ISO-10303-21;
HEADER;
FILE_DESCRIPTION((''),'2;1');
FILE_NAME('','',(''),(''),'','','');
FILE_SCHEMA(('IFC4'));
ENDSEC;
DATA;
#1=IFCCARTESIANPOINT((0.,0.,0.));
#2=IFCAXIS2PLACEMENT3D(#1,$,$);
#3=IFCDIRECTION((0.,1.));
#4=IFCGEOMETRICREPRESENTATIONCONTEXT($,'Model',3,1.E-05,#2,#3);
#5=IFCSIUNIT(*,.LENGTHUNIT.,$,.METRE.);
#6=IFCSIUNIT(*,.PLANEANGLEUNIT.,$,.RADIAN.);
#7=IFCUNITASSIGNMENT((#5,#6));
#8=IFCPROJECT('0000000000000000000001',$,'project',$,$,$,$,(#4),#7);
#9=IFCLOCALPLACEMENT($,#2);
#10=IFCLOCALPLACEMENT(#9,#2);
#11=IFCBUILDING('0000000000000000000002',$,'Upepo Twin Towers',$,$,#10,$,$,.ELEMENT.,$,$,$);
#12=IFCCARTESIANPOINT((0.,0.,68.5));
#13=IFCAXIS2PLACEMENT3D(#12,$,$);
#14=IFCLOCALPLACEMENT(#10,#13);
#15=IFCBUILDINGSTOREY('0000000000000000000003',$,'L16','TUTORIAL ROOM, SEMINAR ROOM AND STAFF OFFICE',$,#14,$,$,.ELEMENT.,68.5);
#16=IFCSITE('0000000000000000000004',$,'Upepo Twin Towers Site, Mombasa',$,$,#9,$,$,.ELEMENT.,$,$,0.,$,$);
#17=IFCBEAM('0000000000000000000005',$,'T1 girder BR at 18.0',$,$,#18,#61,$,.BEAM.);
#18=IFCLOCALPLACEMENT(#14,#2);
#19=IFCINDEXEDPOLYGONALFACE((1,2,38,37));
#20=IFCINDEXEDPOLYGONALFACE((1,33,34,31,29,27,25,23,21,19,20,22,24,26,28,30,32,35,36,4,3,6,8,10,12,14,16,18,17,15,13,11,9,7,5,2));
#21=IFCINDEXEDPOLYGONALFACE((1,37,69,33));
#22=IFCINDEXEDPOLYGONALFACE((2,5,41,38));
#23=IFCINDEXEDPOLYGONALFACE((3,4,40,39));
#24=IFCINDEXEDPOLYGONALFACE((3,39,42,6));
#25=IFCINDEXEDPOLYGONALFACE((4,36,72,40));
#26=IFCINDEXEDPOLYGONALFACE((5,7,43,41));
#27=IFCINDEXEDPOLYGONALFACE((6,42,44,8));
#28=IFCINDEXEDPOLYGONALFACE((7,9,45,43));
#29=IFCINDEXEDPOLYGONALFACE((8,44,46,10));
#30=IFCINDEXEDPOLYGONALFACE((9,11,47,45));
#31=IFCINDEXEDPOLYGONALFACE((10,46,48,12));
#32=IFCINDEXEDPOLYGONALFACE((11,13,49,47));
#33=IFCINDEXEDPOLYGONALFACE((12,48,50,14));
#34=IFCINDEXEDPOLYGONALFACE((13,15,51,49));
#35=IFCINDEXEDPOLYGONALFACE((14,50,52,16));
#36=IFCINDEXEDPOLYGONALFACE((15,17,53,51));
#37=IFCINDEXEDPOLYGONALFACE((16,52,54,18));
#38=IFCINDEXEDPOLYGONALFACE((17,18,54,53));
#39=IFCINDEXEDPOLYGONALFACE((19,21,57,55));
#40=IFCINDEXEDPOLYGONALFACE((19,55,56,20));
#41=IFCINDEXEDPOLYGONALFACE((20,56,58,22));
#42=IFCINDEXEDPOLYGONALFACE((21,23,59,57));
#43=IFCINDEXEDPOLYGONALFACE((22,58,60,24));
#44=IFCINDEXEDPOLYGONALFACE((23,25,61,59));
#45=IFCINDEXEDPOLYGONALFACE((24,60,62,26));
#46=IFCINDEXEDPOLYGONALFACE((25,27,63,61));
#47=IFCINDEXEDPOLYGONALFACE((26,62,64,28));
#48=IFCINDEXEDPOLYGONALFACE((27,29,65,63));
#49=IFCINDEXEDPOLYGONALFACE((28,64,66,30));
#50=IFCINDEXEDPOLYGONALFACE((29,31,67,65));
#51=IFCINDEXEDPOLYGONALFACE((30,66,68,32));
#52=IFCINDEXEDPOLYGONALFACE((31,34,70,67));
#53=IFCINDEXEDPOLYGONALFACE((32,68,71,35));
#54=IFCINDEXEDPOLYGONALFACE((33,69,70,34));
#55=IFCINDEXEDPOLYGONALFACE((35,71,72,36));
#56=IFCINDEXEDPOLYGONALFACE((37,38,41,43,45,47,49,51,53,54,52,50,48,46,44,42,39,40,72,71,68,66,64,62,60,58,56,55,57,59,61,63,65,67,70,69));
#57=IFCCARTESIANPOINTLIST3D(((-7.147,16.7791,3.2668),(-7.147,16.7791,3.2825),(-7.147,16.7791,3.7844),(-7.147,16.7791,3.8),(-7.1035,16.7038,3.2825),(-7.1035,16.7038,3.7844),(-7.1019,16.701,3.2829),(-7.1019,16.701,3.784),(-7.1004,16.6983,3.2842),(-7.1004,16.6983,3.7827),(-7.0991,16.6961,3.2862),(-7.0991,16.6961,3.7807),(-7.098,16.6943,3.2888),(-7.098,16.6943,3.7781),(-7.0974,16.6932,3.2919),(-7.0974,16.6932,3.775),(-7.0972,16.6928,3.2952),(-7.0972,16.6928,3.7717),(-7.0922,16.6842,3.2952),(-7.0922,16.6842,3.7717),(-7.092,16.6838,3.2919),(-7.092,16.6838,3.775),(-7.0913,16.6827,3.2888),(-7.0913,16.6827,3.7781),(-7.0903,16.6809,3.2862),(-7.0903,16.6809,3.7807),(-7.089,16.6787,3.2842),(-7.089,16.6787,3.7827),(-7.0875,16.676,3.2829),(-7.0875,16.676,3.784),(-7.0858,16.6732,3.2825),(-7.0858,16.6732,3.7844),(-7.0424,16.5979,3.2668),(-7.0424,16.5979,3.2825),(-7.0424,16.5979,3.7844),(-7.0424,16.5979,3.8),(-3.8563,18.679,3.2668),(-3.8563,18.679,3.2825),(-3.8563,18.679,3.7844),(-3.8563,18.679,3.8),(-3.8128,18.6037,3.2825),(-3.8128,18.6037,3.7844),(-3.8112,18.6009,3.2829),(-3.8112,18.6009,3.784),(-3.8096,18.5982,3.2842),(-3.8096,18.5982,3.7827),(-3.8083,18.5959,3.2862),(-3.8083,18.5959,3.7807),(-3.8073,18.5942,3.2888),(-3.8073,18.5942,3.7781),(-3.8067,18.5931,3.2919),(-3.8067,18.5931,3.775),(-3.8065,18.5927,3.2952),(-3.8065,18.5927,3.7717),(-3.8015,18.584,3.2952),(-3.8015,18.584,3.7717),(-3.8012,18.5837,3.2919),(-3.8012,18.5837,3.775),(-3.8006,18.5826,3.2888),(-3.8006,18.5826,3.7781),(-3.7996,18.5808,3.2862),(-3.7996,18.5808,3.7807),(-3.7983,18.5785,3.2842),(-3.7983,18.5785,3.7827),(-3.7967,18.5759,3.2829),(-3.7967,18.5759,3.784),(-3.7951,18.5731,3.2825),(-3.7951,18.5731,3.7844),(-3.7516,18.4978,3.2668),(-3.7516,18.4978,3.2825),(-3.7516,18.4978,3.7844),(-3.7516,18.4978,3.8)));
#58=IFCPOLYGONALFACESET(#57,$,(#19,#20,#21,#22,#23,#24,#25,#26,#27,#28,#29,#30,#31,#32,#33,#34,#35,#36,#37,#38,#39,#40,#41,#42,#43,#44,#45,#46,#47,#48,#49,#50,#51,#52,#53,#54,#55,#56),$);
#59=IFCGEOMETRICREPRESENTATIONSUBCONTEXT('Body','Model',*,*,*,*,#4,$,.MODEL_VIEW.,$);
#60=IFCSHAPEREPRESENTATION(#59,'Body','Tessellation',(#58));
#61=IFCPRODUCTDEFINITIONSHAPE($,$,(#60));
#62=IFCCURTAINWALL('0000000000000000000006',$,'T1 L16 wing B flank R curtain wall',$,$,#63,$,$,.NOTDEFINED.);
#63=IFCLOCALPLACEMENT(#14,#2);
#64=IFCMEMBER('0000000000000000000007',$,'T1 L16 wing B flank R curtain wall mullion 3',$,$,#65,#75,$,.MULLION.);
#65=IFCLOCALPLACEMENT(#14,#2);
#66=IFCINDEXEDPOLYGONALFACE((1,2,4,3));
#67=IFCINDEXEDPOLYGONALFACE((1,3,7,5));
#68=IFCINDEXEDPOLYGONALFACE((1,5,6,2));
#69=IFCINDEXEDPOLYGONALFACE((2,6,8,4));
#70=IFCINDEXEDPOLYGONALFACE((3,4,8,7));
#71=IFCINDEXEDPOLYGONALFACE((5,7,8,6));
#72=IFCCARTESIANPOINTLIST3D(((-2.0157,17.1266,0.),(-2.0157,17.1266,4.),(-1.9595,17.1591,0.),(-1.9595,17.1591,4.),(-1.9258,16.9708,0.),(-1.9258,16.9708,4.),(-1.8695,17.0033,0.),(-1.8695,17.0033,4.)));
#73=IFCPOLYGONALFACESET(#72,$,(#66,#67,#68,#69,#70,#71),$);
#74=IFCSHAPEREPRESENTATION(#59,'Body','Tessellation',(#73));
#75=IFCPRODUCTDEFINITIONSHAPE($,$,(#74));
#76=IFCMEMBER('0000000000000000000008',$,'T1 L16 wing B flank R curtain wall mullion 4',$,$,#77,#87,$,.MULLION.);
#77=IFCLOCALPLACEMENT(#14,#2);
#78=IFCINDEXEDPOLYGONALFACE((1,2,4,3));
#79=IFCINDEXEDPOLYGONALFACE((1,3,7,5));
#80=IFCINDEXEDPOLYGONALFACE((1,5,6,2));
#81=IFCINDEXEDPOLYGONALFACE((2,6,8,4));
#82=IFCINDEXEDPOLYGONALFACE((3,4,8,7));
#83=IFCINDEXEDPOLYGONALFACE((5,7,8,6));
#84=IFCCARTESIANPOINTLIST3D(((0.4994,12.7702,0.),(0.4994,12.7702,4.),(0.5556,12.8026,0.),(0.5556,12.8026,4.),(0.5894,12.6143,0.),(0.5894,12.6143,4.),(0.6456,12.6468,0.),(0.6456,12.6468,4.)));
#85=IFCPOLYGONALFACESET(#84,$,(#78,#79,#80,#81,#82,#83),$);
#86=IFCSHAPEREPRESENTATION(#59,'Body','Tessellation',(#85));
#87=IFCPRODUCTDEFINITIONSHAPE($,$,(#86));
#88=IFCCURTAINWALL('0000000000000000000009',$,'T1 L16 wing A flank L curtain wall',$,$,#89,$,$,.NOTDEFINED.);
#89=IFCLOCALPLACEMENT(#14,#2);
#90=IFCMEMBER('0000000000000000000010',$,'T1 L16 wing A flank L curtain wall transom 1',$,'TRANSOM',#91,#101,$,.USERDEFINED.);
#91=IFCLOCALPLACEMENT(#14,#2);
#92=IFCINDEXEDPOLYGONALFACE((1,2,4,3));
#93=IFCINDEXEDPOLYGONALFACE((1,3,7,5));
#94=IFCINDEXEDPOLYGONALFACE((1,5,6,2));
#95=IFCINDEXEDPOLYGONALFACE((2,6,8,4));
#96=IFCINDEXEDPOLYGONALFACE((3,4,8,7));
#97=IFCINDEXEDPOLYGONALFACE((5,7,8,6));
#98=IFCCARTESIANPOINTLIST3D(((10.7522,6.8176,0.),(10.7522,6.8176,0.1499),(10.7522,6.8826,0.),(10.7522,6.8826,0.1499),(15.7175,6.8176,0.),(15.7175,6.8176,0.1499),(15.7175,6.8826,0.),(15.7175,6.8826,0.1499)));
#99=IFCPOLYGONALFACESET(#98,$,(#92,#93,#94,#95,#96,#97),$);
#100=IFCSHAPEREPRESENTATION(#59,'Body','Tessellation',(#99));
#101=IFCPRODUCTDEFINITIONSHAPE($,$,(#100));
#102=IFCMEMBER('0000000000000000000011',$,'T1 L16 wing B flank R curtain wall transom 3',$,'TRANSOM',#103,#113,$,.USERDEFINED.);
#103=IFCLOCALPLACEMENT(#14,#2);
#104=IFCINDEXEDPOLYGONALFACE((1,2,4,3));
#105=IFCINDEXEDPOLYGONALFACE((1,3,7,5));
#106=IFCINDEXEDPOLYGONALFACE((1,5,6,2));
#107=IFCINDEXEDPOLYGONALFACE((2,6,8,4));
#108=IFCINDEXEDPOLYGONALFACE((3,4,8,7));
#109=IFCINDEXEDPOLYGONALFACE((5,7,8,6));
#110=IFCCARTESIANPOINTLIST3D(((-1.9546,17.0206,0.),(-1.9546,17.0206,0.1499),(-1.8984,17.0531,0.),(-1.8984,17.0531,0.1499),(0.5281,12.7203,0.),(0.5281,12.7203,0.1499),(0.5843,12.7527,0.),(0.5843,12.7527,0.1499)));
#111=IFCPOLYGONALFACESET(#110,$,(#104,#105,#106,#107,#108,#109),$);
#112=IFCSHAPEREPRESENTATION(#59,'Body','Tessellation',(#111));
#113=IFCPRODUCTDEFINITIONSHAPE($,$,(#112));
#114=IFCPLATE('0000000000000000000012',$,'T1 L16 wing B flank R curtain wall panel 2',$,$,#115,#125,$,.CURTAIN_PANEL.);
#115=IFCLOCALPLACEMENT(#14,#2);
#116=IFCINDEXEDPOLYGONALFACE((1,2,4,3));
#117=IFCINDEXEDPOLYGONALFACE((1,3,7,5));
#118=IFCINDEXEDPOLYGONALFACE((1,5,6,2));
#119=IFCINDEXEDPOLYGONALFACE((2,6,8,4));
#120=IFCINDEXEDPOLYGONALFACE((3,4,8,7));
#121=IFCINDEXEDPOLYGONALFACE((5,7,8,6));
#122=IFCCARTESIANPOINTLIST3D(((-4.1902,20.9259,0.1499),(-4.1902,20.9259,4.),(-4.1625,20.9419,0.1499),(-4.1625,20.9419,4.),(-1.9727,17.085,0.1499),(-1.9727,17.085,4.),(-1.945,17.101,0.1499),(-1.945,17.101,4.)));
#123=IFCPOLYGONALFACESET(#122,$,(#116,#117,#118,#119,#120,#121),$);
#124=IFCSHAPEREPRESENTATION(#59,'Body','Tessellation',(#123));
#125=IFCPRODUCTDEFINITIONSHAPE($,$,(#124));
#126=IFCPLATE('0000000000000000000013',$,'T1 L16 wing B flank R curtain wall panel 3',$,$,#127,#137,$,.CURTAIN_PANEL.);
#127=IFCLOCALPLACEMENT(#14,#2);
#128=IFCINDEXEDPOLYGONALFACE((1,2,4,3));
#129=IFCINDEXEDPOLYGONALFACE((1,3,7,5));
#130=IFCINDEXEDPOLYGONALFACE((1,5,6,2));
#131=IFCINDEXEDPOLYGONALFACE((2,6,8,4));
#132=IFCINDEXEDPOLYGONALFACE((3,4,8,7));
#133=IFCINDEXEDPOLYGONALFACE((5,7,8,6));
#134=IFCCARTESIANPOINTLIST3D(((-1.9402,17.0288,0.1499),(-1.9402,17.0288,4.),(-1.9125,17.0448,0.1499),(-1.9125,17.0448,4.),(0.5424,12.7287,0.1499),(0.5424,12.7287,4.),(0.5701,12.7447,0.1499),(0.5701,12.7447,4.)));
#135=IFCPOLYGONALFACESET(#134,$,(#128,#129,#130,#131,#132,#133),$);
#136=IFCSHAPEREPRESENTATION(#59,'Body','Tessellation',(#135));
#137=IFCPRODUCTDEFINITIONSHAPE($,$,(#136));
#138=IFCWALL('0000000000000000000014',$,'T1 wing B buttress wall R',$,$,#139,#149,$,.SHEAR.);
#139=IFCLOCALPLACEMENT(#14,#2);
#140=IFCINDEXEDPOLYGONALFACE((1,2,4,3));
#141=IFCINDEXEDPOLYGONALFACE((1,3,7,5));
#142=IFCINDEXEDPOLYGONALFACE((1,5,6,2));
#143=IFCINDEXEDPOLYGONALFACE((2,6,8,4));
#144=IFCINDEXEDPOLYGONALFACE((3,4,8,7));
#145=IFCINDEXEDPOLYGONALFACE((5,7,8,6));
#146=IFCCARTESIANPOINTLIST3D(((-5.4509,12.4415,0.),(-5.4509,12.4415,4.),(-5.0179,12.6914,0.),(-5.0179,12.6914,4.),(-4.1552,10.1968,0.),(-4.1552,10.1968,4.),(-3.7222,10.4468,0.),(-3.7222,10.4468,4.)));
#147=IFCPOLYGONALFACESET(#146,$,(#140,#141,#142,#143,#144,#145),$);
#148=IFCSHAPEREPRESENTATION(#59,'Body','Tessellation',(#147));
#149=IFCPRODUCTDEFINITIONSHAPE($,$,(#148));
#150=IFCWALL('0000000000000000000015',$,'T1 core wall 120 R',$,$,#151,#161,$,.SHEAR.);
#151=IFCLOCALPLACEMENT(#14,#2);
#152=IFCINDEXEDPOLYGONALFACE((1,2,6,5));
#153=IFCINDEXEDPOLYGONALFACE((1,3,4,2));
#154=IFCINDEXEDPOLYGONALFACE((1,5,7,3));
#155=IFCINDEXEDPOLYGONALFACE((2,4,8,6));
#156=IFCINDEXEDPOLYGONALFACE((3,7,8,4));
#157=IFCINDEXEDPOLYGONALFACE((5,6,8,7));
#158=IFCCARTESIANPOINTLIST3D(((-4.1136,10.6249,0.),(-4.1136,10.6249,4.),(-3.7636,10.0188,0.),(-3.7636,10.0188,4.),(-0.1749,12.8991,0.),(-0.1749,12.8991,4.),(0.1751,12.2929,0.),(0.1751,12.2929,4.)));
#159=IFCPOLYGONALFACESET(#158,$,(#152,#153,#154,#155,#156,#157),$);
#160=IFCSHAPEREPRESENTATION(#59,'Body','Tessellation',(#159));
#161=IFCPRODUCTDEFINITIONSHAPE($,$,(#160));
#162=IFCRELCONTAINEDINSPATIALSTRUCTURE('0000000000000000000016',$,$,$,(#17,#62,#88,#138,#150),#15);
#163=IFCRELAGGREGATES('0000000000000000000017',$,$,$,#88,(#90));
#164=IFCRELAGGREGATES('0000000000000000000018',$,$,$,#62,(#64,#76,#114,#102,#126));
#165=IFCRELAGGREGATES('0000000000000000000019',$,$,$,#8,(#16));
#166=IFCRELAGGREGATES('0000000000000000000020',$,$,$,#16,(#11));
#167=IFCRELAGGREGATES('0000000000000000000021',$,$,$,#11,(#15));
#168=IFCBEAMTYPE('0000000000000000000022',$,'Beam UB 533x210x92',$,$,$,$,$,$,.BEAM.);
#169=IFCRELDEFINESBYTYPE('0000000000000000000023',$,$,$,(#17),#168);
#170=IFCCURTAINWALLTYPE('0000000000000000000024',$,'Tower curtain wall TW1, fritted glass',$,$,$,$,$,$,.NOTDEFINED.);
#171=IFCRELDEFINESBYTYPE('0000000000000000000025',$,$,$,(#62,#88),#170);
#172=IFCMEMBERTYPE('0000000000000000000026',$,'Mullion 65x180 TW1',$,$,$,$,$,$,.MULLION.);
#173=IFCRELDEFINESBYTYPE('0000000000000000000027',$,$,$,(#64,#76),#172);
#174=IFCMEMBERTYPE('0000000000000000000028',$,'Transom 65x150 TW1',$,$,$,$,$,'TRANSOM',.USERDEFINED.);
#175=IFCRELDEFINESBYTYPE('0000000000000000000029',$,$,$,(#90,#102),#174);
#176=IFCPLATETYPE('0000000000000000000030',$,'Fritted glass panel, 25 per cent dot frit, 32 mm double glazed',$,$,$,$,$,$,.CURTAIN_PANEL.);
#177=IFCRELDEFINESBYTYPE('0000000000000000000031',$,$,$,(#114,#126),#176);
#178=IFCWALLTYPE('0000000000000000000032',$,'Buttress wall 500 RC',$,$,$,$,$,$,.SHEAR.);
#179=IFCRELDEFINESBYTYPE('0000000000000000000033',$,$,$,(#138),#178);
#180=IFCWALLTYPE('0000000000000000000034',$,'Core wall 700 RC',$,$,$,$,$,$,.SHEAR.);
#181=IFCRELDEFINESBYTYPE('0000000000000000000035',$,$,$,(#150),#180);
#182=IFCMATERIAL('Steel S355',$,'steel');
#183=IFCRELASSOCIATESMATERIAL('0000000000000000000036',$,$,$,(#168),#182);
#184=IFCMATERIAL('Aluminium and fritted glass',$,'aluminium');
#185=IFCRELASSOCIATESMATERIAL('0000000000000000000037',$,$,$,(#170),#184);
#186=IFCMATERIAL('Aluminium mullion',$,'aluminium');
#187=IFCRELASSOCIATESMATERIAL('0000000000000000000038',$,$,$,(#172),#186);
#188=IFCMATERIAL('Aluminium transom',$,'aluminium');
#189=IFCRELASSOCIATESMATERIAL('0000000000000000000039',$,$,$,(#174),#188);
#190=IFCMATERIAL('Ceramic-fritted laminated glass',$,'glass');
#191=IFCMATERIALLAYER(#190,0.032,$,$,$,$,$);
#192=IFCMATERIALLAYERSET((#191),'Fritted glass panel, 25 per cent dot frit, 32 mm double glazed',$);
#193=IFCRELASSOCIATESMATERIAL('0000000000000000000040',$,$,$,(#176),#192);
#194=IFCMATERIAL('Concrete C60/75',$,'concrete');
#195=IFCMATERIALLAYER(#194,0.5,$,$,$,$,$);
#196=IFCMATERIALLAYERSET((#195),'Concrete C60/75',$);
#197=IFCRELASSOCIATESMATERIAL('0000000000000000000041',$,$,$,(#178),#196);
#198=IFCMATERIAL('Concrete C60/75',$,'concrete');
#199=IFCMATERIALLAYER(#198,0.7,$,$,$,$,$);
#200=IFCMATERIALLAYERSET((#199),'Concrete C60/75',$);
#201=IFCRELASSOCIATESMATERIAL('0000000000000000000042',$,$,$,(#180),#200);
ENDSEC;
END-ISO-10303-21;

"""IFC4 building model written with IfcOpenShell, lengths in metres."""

from ifc_helpers import new_model, si_unit, direction, frame, frame_2d, origin, origin_2d, place, context, subcontext, project, spatial, rectangle, i_section, extrude, material, layer, layer_set, material_profile, profile_set, type_object, element, aggregate, save


model = new_model("IFC4")

# Units and contexts
model_context = context("Model", 3, precision=1e-05, world=origin(), true_north=direction((0.0, 1.0)))
body_context = subcontext(model_context, "Body", "Model", "MODEL_VIEW")
ifc_project = project(units=[si_unit("LENGTHUNIT", "METRE"), si_unit("PLANEANGLEUNIT", "RADIAN")], contexts=[model_context])

# Site, building, storey
site_placement = place(None, origin())
site = spatial("IfcSite", under=ifc_project, at=site_placement, Name="Upepo Twin Towers Site, Mombasa", CompositionType="ELEMENT", RefElevation=0.0)
building_placement = place(site_placement, origin())
building = spatial("IfcBuilding", under=site, at=building_placement, Name="Upepo Twin Towers", CompositionType="ELEMENT")
storey_placement = place(building_placement, frame((0.0, 0.0, 68.5)))
storey = spatial("IfcBuildingStorey", under=building, at=storey_placement, Name="L16", Description="TUTORIAL ROOM, SEMINAR ROOM AND STAFF OFFICE", CompositionType="ELEMENT", Elevation=68.5)

# Beam
ifc_material_1 = material(Name="Steel S355", Category="steel")
ifc_material_profile_1 = material_profile(ifc_material_1, i_section(OverallWidth=0.2092, OverallDepth=0.5332, WebThickness=0.01, FlangeThickness=0.0156, FilletRadius=0.0127, at=origin_2d()), Name="UB 533x210x92")
ifc_profile_set_1 = profile_set([ifc_material_profile_1], Name="Steel S355")
beam_type_1 = type_object("IfcBeamType", Name="Beam UB 533x210x92", PredefinedType="BEAM", material=ifc_profile_set_1)
beam_1_placement = place(storey_placement, frame((-3.804, 18.5884, 3.5334), z_axis=(-0.866028, -0.499995, 0.0), x_axis=(0.499995, -0.866028, 0.0)))
element("IfcBeam", 1, at=beam_1_placement, inside=storey, type_object=beam_type_1, Name="T1 girder BR at 18.0", PredefinedType="BEAM", context=body_context, shape_type="SweptSolid", body=[
    extrude(i_section(OverallWidth=0.2092, OverallDepth=0.5332, WebThickness=0.01, FlangeThickness=0.0156, FilletRadius=0.0127, at=origin_2d()), origin(), (0.0, 0.0, 1.0), 3.7998),
])

# Curtain wall, members
ifc_material_2 = material(Name="Aluminium and fritted glass", Category="aluminium")
curtain_wall_type = type_object("IfcCurtainWallType", Name="Tower curtain wall TW1, fritted glass", PredefinedType="NOTDEFINED", material=ifc_material_2)
curtain_wall_1_placement = place(storey_placement, origin())
curtain_wall_1 = element("IfcCurtainWall", 2, at=curtain_wall_1_placement, inside=storey, type_object=curtain_wall_type, Name="T1 L16 wing B flank R curtain wall", PredefinedType="NOTDEFINED")
ifc_material_3 = material(Name="Aluminium mullion", Category="aluminium")
ifc_material_profile_2 = material_profile(ifc_material_3, rectangle(XDim=0.0649, YDim=0.1799, at=origin_2d()), Name="MULLION 65x180")
ifc_profile_set_2 = profile_set([ifc_material_profile_2], Name="Aluminium mullion")
member_type_1 = type_object("IfcMemberType", Name="Mullion 65x180 TW1", PredefinedType="MULLION", material=ifc_profile_set_2)
member_1_placement = place(storey_placement, frame((-1.9426, 17.0649, 0.0), z_axis=(0.0, 0.0, 1.0), x_axis=(0.866025, 0.5, 0.0)))
member_1 = element("IfcMember", 3, at=member_1_placement, type_object=member_type_1, Name="T1 L16 wing B flank R curtain wall mullion 3", PredefinedType="MULLION", context=body_context, shape_type="SweptSolid", body=[
    extrude(rectangle(XDim=0.0649, YDim=0.1799, at=origin_2d()), origin(), (0.0, 0.0, 1.0), 4.0),
])
member_2_placement = place(storey_placement, frame((0.5725, 12.7085, 0.0), z_axis=(0.0, 0.0, 1.0), x_axis=(0.866025, 0.5, 0.0)))
member_2 = element("IfcMember", 4, at=member_2_placement, type_object=member_type_1, Name="T1 L16 wing B flank R curtain wall mullion 4", PredefinedType="MULLION", context=body_context, shape_type="SweptSolid", body=[
    extrude(rectangle(XDim=0.0649, YDim=0.1799, at=origin_2d()), origin(), (0.0, 0.0, 1.0), 4.0),
])

# Curtain wall, member
curtain_wall_2_placement = place(storey_placement, origin())
curtain_wall_2 = element("IfcCurtainWall", 5, at=curtain_wall_2_placement, inside=storey, type_object=curtain_wall_type, Name="T1 L16 wing A flank L curtain wall", PredefinedType="NOTDEFINED")
ifc_material_4 = material(Name="Aluminium transom", Category="aluminium")
ifc_material_profile_3 = material_profile(ifc_material_4, rectangle(XDim=0.0649, YDim=0.1499, at=origin_2d()), Name="TRANSOM 65x150")
ifc_profile_set_3 = profile_set([ifc_material_profile_3], Name="Aluminium transom")
member_type_2 = type_object("IfcMemberType", Name="Transom 65x150 TW1", ElementType="TRANSOM", PredefinedType="USERDEFINED", material=ifc_profile_set_3)
member_3_placement = place(storey_placement, frame((10.7522, 6.8501, 0.075), z_axis=(1.0, 0.0, 0.0), x_axis=(0.0, 1.0, 0.0)))
member_3 = element("IfcMember", 6, at=member_3_placement, type_object=member_type_2, Name="T1 L16 wing A flank L curtain wall transom 1", ObjectType="TRANSOM", PredefinedType="USERDEFINED", context=body_context, shape_type="SweptSolid", body=[
    extrude(rectangle(XDim=0.0649, YDim=0.1499, at=origin_2d()), origin(), (0.0, 0.0, 1.0), 4.9653),
])
aggregate(curtain_wall_2, [member_3])

# Member
member_4_placement = place(storey_placement, frame((-1.9265, 17.0369, 0.075), z_axis=(0.499983, -0.866035, 0.0), x_axis=(0.866035, 0.499983, 0.0)))
member_4 = element("IfcMember", 7, at=member_4_placement, type_object=member_type_2, Name="T1 L16 wing B flank R curtain wall transom 3", ObjectType="TRANSOM", PredefinedType="USERDEFINED", context=body_context, shape_type="SweptSolid", body=[
    extrude(rectangle(XDim=0.0649, YDim=0.1499, at=origin_2d()), origin(), (0.0, 0.0, 1.0), 4.9656),
])

# Plates
ifc_material_5 = material(Name="Ceramic-fritted laminated glass", Category="glass")
ifc_layer_1 = layer(ifc_material_5, 0.032)
ifc_layer_set_1 = layer_set([ifc_layer_1], Name="Fritted glass panel, 25 per cent dot frit, 32 mm double glazed")
plate_type = type_object("IfcPlateType", Name="Fritted glass panel, 25 per cent dot frit, 32 mm double glazed", PredefinedType="CURTAIN_PANEL", material=ifc_layer_set_1)
plate_1_placement = place(storey_placement, frame((-3.0676, 19.0134, 0.1499), z_axis=(0.0, 0.0, 1.0), x_axis=(0.5, -0.866025, 0.0)))
plate_1 = element("IfcPlate", 8, at=plate_1_placement, type_object=plate_type, Name="T1 L16 wing B flank R curtain wall panel 2", PredefinedType="CURTAIN_PANEL", context=body_context, shape_type="SweptSolid", body=[
    extrude(rectangle(XDim=4.4351, YDim=0.032, at=origin_2d()), origin(), (0.0, 0.0, 1.0), 3.8501),
])
plate_2_placement = place(storey_placement, frame((-0.6851, 14.8867, 0.1499), z_axis=(0.0, 0.0, 1.0), x_axis=(0.5, -0.866025, 0.0)))
plate_2 = element("IfcPlate", 9, at=plate_2_placement, type_object=plate_type, Name="T1 L16 wing B flank R curtain wall panel 3", PredefinedType="CURTAIN_PANEL", context=body_context, shape_type="SweptSolid", body=[
    extrude(rectangle(XDim=4.9653, YDim=0.032, at=origin_2d()), origin(), (0.0, 0.0, 1.0), 3.8501),
])
aggregate(curtain_wall_1, [member_1, member_2, plate_1, member_4, plate_2])

# Walls
ifc_material_6 = material(Name="Concrete C60/75", Category="concrete")
ifc_layer_2 = layer(ifc_material_6, 0.5)
ifc_layer_set_2 = layer_set([ifc_layer_2], Name="Concrete C60/75")
wall_type_1 = type_object("IfcWallType", Name="Buttress wall 500 RC", PredefinedType="SHEAR", material=ifc_layer_set_2)
wall_1_placement = place(storey_placement, frame((-3.9387, 10.3218, 0.0), z_axis=(0.0, 0.0, 1.0), x_axis=(-0.499918, 0.866073, 0.0)))
element("IfcWall", 10, at=wall_1_placement, inside=storey, type_object=wall_type_1, Name="T1 wing B buttress wall R", PredefinedType="SHEAR", context=body_context, shape_type="SweptSolid", body=[
    extrude(rectangle(XDim=2.5918, YDim=0.5, at=frame_2d((1.2959, 0.0))), origin(), (0.0, 0.0, 1.0), 4.0),
])
ifc_material_7 = material(Name="Concrete C60/75", Category="concrete")
ifc_layer_3 = layer(ifc_material_7, 0.7)
ifc_layer_set_3 = layer_set([ifc_layer_3], Name="Concrete C60/75")
wall_type_2 = type_object("IfcWallType", Name="Core wall 700 RC", PredefinedType="SHEAR", material=ifc_layer_set_3)
wall_2_placement = place(storey_placement, frame((0.0, 12.5959, 0.0), z_axis=(0.0, 0.0, 1.0), x_axis=(-0.866011, -0.500024, 0.0)))
element("IfcWall", 11, at=wall_2_placement, inside=storey, type_object=wall_type_2, Name="T1 core wall 120 R", PredefinedType="SHEAR", context=body_context, shape_type="SweptSolid", body=[
    extrude(rectangle(XDim=4.5481, YDim=0.7, at=frame_2d((2.2739, 0.0))), origin(), (0.0, 0.0, 1.0), 4.0),
])

save(model, "model.ifc")
